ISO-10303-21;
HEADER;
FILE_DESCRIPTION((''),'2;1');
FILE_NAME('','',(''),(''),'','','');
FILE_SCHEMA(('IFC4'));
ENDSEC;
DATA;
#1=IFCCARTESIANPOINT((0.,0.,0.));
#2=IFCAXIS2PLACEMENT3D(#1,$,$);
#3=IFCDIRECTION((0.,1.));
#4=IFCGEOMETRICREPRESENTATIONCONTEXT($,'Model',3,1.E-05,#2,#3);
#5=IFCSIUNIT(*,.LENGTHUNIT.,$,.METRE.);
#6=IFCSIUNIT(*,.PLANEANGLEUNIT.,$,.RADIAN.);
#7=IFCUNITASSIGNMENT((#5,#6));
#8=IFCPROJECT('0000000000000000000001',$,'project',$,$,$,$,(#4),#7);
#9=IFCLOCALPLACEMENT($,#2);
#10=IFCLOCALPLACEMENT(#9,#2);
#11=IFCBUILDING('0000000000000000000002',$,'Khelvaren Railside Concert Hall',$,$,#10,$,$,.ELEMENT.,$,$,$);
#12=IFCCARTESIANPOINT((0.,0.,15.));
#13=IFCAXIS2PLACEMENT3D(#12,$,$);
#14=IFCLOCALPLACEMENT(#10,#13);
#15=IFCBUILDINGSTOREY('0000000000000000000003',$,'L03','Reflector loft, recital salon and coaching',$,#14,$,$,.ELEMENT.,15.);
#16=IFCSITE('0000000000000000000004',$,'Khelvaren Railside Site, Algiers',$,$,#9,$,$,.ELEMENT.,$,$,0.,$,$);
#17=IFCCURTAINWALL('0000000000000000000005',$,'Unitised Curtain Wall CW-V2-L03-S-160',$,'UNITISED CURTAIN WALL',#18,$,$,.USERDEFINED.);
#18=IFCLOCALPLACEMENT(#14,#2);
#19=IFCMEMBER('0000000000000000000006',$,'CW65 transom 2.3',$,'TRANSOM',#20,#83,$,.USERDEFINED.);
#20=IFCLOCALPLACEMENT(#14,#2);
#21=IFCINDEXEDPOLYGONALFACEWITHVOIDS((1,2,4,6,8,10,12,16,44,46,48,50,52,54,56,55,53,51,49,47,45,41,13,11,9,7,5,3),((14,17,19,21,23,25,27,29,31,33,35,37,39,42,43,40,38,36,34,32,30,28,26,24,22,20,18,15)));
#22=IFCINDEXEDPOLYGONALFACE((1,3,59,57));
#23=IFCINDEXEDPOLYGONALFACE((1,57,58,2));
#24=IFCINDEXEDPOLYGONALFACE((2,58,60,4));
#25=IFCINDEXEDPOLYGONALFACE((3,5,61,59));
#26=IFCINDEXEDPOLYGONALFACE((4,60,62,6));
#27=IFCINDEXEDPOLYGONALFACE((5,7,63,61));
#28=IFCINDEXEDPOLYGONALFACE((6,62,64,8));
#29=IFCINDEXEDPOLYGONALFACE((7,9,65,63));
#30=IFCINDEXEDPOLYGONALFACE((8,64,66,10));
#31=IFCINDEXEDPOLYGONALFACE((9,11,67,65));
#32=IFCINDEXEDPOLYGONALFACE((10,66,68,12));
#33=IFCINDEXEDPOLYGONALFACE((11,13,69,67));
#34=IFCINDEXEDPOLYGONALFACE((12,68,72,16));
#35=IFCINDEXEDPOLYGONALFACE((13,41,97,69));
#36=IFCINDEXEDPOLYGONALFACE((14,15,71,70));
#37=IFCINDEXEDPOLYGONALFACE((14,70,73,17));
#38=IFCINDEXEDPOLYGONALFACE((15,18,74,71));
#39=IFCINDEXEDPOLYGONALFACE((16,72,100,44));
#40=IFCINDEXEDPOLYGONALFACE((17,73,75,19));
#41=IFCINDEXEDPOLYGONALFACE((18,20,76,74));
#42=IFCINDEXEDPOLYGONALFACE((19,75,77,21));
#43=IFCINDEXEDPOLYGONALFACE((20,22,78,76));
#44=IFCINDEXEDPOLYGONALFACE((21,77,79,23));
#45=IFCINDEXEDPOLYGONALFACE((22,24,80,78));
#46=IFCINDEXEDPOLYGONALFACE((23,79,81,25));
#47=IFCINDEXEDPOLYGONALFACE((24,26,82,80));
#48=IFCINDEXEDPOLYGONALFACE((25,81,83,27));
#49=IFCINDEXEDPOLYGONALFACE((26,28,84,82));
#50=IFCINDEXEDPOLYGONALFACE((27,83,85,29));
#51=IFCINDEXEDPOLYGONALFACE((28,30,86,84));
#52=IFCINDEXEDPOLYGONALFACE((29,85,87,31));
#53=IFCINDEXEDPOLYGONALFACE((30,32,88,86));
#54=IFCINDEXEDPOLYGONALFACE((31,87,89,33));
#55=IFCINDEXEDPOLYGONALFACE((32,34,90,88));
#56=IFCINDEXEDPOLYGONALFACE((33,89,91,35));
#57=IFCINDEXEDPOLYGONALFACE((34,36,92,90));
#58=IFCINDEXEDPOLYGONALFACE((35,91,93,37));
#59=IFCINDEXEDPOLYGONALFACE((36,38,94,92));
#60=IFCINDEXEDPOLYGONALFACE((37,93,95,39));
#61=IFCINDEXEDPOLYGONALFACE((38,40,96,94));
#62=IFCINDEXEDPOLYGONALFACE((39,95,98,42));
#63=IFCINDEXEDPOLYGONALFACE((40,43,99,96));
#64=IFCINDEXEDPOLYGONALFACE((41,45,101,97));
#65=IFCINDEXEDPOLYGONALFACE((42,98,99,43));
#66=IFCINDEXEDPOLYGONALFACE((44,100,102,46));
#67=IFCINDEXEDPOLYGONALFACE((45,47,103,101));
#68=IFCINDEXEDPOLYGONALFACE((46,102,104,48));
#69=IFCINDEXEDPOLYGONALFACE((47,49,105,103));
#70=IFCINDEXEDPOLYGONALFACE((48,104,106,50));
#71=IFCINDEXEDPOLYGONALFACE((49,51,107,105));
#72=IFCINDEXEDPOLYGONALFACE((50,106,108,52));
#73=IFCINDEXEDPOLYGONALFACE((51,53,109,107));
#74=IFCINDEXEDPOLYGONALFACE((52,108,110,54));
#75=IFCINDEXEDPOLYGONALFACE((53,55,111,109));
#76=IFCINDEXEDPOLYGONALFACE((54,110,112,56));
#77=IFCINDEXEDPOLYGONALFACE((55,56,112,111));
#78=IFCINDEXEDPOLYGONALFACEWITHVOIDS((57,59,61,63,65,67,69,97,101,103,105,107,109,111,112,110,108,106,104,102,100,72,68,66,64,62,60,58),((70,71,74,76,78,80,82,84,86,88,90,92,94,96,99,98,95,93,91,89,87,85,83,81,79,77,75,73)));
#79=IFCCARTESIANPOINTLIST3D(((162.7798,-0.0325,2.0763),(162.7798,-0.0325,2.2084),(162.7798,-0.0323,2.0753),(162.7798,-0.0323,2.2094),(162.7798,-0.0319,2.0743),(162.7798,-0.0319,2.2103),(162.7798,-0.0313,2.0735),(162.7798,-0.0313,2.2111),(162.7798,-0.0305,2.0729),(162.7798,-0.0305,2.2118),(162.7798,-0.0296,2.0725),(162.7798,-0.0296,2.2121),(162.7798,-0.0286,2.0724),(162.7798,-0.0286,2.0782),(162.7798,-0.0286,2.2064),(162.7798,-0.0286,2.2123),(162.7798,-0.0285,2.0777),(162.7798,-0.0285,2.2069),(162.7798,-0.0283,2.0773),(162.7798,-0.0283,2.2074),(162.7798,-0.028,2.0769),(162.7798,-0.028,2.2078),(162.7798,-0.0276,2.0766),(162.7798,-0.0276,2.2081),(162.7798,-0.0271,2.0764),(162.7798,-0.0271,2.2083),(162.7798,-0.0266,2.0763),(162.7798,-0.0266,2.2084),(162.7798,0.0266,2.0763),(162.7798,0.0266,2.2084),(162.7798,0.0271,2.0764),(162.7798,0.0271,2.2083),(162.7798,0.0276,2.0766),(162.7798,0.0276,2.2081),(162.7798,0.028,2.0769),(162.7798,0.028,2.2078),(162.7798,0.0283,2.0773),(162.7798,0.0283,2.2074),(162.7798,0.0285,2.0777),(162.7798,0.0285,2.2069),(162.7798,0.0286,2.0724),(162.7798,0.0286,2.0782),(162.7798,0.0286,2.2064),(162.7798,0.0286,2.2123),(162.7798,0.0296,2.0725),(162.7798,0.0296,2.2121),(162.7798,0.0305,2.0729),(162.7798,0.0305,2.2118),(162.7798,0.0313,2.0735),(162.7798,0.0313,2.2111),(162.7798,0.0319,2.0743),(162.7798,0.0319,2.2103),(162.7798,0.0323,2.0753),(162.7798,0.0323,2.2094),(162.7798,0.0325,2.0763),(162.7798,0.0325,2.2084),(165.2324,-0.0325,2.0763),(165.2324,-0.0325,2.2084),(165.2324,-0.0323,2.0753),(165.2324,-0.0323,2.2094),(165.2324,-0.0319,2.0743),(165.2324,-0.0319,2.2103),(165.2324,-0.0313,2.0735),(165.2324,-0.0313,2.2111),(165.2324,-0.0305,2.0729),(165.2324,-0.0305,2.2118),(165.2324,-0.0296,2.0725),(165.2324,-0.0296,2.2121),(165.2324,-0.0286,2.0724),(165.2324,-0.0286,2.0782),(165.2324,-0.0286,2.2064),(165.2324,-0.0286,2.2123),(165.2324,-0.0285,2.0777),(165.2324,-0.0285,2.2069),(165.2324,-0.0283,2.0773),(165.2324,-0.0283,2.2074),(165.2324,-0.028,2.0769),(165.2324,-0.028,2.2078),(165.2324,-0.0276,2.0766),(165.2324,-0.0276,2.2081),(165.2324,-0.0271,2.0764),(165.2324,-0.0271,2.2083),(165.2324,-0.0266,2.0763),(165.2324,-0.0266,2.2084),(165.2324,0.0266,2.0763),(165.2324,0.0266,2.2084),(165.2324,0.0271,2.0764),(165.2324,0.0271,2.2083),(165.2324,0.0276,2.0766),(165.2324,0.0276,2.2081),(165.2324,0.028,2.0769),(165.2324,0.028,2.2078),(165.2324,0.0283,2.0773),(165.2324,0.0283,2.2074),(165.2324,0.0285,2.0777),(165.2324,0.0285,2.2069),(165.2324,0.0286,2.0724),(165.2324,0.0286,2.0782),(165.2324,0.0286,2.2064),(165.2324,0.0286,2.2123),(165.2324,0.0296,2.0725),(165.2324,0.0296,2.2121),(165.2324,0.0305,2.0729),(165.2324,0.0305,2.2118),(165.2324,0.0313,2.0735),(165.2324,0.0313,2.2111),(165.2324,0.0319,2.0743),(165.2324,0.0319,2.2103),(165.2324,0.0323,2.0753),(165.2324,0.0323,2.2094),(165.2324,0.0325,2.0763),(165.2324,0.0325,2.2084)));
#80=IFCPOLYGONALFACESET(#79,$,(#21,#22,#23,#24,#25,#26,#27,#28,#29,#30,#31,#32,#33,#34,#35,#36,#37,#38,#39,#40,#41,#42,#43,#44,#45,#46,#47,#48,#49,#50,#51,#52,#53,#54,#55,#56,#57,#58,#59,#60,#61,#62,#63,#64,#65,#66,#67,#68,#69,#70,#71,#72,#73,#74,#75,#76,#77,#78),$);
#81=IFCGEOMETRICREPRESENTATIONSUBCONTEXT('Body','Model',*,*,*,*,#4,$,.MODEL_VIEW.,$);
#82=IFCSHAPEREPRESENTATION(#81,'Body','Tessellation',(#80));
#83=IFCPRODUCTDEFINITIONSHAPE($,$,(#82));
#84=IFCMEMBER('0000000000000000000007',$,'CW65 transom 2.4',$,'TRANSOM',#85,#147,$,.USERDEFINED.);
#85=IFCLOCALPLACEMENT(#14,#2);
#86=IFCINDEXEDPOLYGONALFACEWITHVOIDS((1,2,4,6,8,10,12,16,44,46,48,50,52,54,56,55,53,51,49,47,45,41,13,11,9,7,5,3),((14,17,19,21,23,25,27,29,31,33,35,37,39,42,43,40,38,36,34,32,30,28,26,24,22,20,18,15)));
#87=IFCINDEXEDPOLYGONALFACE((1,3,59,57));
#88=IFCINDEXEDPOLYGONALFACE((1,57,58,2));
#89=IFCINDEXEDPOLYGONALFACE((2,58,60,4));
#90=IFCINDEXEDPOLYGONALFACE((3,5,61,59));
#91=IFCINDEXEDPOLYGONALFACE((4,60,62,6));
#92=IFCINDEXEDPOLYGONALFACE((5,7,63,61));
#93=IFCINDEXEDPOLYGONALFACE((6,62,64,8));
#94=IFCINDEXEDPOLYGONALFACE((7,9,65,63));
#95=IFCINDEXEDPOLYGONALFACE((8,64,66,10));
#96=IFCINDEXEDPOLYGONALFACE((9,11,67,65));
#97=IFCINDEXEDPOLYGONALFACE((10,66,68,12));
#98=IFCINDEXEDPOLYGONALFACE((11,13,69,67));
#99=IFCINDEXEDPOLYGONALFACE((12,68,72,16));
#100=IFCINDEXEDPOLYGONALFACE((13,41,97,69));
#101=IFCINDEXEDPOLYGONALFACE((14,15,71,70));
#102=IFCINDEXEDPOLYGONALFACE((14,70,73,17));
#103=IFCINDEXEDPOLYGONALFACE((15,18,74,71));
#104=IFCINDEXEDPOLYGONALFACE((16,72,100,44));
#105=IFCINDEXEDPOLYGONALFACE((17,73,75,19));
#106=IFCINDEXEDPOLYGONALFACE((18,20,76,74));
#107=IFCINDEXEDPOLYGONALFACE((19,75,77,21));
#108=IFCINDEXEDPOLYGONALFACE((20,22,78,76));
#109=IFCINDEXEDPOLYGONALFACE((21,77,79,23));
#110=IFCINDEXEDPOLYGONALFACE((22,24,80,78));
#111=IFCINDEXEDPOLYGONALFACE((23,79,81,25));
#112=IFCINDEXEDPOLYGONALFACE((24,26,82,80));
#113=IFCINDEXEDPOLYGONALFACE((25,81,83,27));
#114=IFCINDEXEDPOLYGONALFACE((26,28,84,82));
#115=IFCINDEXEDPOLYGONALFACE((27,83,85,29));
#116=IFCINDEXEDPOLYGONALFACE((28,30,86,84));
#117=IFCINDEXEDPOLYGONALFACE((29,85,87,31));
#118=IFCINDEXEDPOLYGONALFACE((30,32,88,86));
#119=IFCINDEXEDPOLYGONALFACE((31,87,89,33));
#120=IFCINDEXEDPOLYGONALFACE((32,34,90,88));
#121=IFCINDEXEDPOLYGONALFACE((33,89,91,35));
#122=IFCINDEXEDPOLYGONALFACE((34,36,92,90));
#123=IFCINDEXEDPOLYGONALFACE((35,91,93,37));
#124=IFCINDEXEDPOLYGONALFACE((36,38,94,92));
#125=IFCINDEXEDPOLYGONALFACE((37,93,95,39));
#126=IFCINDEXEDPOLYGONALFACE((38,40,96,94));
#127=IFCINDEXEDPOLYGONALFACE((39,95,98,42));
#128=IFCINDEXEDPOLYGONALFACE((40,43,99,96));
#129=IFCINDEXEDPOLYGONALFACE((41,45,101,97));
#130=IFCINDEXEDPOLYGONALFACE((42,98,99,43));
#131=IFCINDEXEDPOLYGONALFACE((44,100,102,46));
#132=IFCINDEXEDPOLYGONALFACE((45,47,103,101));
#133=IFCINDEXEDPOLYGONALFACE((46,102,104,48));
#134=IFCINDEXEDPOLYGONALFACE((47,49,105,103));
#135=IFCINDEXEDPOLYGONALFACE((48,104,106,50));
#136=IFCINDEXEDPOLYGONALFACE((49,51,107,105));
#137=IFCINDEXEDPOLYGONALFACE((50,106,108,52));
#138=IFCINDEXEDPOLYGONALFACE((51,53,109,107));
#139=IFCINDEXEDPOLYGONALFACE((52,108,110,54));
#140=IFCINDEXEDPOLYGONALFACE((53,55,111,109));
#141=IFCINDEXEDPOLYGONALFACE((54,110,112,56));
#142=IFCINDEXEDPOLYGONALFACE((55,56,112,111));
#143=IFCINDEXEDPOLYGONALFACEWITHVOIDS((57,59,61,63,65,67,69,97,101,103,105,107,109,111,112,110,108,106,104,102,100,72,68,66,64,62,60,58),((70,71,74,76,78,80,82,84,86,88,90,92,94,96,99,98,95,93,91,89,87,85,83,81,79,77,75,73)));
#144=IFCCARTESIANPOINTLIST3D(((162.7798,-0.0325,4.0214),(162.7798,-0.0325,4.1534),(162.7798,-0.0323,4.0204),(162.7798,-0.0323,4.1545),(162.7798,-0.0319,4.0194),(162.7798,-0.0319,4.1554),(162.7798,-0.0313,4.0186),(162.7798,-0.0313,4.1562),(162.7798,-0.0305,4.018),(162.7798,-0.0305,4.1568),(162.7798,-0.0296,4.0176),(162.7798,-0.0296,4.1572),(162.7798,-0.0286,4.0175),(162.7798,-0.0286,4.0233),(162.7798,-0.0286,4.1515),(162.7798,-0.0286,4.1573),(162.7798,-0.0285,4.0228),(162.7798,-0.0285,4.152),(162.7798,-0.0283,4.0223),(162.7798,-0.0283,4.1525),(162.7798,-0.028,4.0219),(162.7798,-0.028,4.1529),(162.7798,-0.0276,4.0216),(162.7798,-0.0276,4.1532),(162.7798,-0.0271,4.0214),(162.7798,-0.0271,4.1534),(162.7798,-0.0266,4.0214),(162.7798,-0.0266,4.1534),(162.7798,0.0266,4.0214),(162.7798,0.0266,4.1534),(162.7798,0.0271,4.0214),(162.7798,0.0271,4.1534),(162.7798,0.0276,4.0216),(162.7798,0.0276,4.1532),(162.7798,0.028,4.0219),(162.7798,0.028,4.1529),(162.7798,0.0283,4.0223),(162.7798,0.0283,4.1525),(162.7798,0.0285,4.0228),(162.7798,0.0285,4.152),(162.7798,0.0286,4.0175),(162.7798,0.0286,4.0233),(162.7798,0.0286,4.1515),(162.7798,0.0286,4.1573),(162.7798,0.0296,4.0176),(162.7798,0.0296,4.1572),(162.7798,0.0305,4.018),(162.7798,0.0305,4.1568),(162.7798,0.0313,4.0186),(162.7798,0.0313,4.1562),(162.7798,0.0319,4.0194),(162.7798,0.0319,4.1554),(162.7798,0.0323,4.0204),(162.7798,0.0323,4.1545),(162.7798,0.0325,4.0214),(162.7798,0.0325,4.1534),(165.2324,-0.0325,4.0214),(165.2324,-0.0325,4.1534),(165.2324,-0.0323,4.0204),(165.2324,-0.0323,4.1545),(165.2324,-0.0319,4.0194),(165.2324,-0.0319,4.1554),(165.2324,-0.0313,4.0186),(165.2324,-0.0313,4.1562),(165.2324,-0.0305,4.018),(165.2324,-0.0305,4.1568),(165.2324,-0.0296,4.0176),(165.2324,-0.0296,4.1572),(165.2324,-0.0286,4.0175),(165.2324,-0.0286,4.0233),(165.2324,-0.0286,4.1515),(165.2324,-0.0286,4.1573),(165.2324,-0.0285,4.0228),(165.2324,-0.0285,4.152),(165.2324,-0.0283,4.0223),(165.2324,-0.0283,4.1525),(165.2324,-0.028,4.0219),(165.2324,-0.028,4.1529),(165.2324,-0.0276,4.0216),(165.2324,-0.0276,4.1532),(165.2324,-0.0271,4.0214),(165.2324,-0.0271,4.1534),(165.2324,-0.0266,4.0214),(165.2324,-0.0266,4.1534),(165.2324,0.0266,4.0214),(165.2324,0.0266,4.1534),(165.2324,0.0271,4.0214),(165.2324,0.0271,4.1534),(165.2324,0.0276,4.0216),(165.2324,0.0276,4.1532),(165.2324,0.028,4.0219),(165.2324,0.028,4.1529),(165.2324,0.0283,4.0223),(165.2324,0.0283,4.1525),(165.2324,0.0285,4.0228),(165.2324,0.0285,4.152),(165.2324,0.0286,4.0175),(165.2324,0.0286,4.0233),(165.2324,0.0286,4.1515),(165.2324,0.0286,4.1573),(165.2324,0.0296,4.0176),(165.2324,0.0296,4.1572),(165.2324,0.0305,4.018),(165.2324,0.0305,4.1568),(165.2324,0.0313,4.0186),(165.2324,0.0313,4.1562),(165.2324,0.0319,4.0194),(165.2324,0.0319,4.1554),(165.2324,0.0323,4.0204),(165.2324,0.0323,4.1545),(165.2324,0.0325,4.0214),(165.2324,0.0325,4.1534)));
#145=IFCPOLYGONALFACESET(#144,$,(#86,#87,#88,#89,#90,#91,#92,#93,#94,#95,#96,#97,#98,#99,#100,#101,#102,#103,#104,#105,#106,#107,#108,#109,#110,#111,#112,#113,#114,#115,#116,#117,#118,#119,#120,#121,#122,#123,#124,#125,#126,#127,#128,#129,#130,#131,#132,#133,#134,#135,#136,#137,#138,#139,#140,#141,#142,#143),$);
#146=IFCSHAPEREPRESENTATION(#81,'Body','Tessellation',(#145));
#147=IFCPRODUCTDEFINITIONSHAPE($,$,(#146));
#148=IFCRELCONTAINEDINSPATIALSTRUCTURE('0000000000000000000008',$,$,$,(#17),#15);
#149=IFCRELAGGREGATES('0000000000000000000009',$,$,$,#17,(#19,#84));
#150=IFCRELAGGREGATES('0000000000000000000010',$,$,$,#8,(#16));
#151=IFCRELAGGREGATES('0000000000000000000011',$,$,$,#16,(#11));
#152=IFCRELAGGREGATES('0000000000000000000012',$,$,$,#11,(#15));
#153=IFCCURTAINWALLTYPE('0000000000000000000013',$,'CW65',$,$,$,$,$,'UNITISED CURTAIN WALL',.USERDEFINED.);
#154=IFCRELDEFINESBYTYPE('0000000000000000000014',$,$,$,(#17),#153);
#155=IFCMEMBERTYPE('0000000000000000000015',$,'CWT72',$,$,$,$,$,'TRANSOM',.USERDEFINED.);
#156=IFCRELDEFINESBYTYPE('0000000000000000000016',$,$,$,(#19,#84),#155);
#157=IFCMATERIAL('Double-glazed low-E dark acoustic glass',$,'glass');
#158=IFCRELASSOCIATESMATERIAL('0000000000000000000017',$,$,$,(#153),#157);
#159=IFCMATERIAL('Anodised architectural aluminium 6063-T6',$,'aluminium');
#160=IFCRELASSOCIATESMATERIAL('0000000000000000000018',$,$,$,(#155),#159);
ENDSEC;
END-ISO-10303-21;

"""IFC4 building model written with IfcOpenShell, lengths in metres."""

from ifc_helpers import new_model, si_unit, direction, frame, origin, origin_2d, place, context, subcontext, project, spatial, hollow_rectangle, extrude, material, material_profile, profile_set, type_object, element, aggregate, save


model = new_model("IFC4")

# Units and contexts
model_context = context("Model", 3, precision=1e-05, world=origin(), true_north=direction((0.0, 1.0)))
body_context = subcontext(model_context, "Body", "Model", "MODEL_VIEW")
ifc_project = project(units=[si_unit("LENGTHUNIT", "METRE"), si_unit("PLANEANGLEUNIT", "RADIAN")], contexts=[model_context])

# Site, building, storey
site_placement = place(None, origin())
site = spatial("IfcSite", under=ifc_project, at=site_placement, Name="Khelvaren Railside Site, Algiers", CompositionType="ELEMENT", RefElevation=0.0)
building_placement = place(site_placement, origin())
building = spatial("IfcBuilding", under=site, at=building_placement, Name="Khelvaren Railside Concert Hall", CompositionType="ELEMENT")
storey_placement = place(building_placement, frame((0.0, 0.0, 15.0)))
storey = spatial("IfcBuildingStorey", under=building, at=storey_placement, Name="L03", Description="Reflector loft, recital salon and coaching", CompositionType="ELEMENT", Elevation=15.0)

# Curtain wall, members
ifc_material_1 = material(Name="Double-glazed low-E dark acoustic glass", Category="glass")
curtain_wall_type = type_object("IfcCurtainWallType", Name="CW65", ElementType="UNITISED CURTAIN WALL", PredefinedType="USERDEFINED", material=ifc_material_1)
curtain_wall_placement = place(storey_placement, origin())
curtain_wall = element("IfcCurtainWall", 1, at=curtain_wall_placement, inside=storey, type_object=curtain_wall_type, Name="Unitised Curtain Wall CW-V2-L03-S-160", ObjectType="UNITISED CURTAIN WALL", PredefinedType="USERDEFINED")
ifc_material_2 = material(Name="Anodised architectural aluminium 6063-T6", Category="aluminium")
ifc_material_profile_1 = material_profile(ifc_material_2, hollow_rectangle(XDim=0.0649, YDim=0.1399, WallThickness=0.0039, InnerFilletRadius=0.002, OuterFilletRadius=0.0039, at=origin_2d()), Name="CWT 65x140x4")
ifc_profile_set_1 = profile_set([ifc_material_profile_1], Name="Anodised architectural aluminium 6063-T6")
member_type_1 = type_object("IfcMemberType", Name="CWT72", ElementType="TRANSOM", PredefinedType="USERDEFINED", material=ifc_profile_set_1)
member_1_placement = place(storey_placement, frame((165.2324, 0.0, 2.1423), z_axis=(-1.0, 0.0, 0.0), x_axis=(0.0, -1.0, 0.0)))
member_1 = element("IfcMember", 2, at=member_1_placement, type_object=member_type_1, Name="CW65 transom 2.3", ObjectType="TRANSOM", PredefinedType="USERDEFINED", context=body_context, shape_type="SweptSolid", body=[
    extrude(hollow_rectangle(XDim=0.0649, YDim=0.1399, WallThickness=0.0039, InnerFilletRadius=0.002, OuterFilletRadius=0.0039, at=origin_2d()), origin(), (0.0, 0.0, 1.0), 2.4526),
])
member_2_placement = place(storey_placement, frame((165.2324, 0.0, 4.0874), z_axis=(-1.0, 0.0, 0.0), x_axis=(0.0, -1.0, 0.0)))
member_2 = element("IfcMember", 3, at=member_2_placement, type_object=member_type_1, Name="CW65 transom 2.4", ObjectType="TRANSOM", PredefinedType="USERDEFINED", context=body_context, shape_type="SweptSolid", body=[
    extrude(hollow_rectangle(XDim=0.0649, YDim=0.1399, WallThickness=0.0039, InnerFilletRadius=0.002, OuterFilletRadius=0.0039, at=origin_2d()), origin(), (0.0, 0.0, 1.0), 2.4526),
])

aggregate(curtain_wall, [member_1, member_2])

save(model, "model.ifc")
